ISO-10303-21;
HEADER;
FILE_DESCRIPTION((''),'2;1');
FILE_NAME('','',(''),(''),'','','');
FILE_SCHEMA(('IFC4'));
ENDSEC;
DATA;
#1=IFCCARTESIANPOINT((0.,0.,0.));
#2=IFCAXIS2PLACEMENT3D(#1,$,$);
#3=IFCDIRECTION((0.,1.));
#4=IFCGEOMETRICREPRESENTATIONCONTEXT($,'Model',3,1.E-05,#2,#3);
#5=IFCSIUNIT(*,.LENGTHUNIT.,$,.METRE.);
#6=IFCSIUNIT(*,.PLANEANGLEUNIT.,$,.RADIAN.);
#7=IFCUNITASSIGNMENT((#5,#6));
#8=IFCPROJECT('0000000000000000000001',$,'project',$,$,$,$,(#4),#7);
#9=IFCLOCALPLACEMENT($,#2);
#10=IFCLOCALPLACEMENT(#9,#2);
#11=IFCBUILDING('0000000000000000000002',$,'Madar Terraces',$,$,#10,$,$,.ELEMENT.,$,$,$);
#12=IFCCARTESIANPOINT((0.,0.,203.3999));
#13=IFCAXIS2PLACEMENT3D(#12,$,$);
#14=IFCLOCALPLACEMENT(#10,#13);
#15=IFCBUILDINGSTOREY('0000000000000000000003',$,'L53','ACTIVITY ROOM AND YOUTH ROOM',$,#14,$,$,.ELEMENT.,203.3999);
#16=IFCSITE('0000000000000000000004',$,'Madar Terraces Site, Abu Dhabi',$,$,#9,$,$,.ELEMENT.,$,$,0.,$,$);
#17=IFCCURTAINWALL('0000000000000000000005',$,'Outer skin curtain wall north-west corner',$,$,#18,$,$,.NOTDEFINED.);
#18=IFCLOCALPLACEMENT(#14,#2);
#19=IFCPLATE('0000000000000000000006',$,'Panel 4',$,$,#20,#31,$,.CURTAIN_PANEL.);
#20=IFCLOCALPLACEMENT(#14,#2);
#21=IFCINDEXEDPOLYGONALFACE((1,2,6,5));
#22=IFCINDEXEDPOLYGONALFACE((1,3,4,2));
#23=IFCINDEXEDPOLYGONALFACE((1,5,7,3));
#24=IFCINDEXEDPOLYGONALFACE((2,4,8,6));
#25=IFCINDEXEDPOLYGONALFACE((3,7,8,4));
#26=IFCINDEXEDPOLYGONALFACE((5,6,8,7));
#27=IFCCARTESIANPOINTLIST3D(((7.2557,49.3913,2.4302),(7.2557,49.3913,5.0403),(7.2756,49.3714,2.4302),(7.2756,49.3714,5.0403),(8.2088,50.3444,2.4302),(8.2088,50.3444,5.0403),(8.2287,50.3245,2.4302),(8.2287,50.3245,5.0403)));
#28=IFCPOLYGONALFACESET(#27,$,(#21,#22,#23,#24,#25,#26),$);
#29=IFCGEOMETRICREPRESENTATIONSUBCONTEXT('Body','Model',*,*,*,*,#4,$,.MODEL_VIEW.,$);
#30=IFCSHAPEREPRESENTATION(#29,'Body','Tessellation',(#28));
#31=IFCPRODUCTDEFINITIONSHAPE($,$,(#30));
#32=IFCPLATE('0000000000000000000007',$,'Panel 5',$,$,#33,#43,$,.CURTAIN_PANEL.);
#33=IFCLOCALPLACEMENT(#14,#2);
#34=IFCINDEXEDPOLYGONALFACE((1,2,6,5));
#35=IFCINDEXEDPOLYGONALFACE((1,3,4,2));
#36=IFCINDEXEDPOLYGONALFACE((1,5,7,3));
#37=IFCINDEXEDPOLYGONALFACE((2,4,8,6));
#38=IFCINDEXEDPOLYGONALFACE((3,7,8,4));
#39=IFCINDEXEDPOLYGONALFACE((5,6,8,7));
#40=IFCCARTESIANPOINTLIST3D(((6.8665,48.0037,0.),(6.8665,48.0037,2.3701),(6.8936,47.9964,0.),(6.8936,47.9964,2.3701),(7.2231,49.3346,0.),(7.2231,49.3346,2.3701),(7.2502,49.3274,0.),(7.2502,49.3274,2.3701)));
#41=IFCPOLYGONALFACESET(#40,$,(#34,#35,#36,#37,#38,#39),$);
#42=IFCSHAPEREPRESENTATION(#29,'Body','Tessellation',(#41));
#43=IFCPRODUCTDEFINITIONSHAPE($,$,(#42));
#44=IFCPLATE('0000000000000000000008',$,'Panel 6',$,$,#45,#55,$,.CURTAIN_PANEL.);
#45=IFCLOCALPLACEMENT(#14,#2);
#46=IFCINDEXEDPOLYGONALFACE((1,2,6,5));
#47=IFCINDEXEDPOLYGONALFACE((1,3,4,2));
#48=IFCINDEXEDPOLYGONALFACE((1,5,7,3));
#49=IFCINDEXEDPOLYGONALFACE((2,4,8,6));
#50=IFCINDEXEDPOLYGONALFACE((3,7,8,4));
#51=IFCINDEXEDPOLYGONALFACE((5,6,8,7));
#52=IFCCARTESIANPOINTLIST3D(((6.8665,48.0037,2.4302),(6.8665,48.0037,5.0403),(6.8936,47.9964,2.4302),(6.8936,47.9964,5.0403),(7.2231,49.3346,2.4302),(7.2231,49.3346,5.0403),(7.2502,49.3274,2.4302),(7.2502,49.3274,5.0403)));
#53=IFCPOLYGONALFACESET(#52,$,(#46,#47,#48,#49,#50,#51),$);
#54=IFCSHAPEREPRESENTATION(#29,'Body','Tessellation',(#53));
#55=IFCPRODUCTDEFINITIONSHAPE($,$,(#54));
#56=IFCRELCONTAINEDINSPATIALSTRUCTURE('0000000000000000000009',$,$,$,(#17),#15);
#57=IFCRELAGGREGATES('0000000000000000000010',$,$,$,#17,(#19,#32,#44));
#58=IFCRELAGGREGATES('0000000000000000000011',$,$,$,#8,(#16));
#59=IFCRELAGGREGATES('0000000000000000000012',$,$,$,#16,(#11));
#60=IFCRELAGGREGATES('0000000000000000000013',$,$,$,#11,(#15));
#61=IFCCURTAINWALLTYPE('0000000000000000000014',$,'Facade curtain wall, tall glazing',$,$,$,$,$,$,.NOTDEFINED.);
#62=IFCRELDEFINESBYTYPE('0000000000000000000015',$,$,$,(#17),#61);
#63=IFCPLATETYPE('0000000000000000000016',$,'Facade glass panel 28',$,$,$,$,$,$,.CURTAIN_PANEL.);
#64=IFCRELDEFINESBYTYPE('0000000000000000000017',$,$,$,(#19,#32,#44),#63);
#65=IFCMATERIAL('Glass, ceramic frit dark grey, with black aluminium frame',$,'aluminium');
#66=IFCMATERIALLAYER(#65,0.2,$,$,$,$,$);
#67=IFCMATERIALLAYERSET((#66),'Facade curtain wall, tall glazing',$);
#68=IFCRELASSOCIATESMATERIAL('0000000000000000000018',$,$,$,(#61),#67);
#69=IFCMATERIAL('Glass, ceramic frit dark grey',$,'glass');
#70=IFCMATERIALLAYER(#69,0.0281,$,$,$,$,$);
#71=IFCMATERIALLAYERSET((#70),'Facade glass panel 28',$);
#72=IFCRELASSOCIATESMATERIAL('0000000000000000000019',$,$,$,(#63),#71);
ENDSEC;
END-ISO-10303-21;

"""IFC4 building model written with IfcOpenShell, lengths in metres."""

from ifc_helpers import new_model, si_unit, direction, frame, origin, origin_2d, place, context, subcontext, project, spatial, rectangle, extrude, material, layer, layer_set, type_object, element, aggregate, save


model = new_model("IFC4")

# Units and contexts
model_context = context("Model", 3, precision=1e-05, world=origin(), true_north=direction((0.0, 1.0)))
body_context = subcontext(model_context, "Body", "Model", "MODEL_VIEW")
ifc_project = project(units=[si_unit("LENGTHUNIT", "METRE"), si_unit("PLANEANGLEUNIT", "RADIAN")], contexts=[model_context])

# Site, building, storey
site_placement = place(None, origin())
site = spatial("IfcSite", under=ifc_project, at=site_placement, Name="Madar Terraces Site, Abu Dhabi", CompositionType="ELEMENT", RefElevation=0.0)
building_placement = place(site_placement, origin())
building = spatial("IfcBuilding", under=site, at=building_placement, Name="Madar Terraces", CompositionType="ELEMENT")
storey_placement = place(building_placement, frame((0.0, 0.0, 203.3999)))
storey = spatial("IfcBuildingStorey", under=building, at=storey_placement, Name="L53", Description="ACTIVITY ROOM AND YOUTH ROOM", CompositionType="ELEMENT", Elevation=203.3999)

# Curtain wall
ifc_material_1 = material(Name="Glass, ceramic frit dark grey, with black aluminium frame", Category="aluminium")
ifc_layer_1 = layer(ifc_material_1, 0.2)
ifc_layer_set_1 = layer_set([ifc_layer_1], Name="Facade curtain wall, tall glazing")
curtain_wall_type = type_object("IfcCurtainWallType", Name="Facade curtain wall, tall glazing", PredefinedType="NOTDEFINED", material=ifc_layer_set_1)
curtain_wall_1_placement = place(storey_placement, origin())
curtain_wall_1 = element("IfcCurtainWall", 1, at=curtain_wall_1_placement, inside=storey, type_object=curtain_wall_type, Name="Outer skin curtain wall north-west corner", PredefinedType="NOTDEFINED")

# Plates
ifc_material_2 = material(Name="Glass, ceramic frit dark grey", Category="glass")
ifc_layer_2 = layer(ifc_material_2, 0.0281)
ifc_layer_set_2 = layer_set([ifc_layer_2], Name="Facade glass panel 28")
plate_type = type_object("IfcPlateType", Name="Facade glass panel 28", PredefinedType="CURTAIN_PANEL", material=ifc_layer_set_2)
plate_1_placement = place(storey_placement, frame((7.7422, 49.8579, 2.4302), z_axis=(0.0, 0.0, 1.0), x_axis=(-0.707107, -0.707107, 0.0)))
plate_1 = element("IfcPlate", 2, at=plate_1_placement, type_object=plate_type, Name="Panel 4", PredefinedType="CURTAIN_PANEL", context=body_context, shape_type="SweptSolid", body=[
    extrude(rectangle(XDim=1.3479, YDim=0.0281, at=origin_2d()), origin(), (0.0, 0.0, 1.0), 2.6101),
])
plate_2_placement = place(storey_placement, frame((7.0583, 48.6655, 0.0), z_axis=(0.0, 0.0, 1.0), x_axis=(-0.258819, -0.965926, 0.0)))
plate_2 = element("IfcPlate", 3, at=plate_2_placement, type_object=plate_type, Name="Panel 5", PredefinedType="CURTAIN_PANEL", context=body_context, shape_type="SweptSolid", body=[
    extrude(rectangle(XDim=1.3779, YDim=0.0281, at=origin_2d()), origin(), (0.0, 0.0, 1.0), 2.3701),
])
plate_3_placement = place(storey_placement, frame((7.0583, 48.6655, 2.4302), z_axis=(0.0, 0.0, 1.0), x_axis=(-0.258819, -0.965926, 0.0)))
plate_3 = element("IfcPlate", 4, at=plate_3_placement, type_object=plate_type, Name="Panel 6", PredefinedType="CURTAIN_PANEL", context=body_context, shape_type="SweptSolid", body=[
    extrude(rectangle(XDim=1.3779, YDim=0.0281, at=origin_2d()), origin(), (0.0, 0.0, 1.0), 2.6101),
])
aggregate(curtain_wall_1, [plate_1, plate_2, plate_3])

save(model, "model.ifc")
